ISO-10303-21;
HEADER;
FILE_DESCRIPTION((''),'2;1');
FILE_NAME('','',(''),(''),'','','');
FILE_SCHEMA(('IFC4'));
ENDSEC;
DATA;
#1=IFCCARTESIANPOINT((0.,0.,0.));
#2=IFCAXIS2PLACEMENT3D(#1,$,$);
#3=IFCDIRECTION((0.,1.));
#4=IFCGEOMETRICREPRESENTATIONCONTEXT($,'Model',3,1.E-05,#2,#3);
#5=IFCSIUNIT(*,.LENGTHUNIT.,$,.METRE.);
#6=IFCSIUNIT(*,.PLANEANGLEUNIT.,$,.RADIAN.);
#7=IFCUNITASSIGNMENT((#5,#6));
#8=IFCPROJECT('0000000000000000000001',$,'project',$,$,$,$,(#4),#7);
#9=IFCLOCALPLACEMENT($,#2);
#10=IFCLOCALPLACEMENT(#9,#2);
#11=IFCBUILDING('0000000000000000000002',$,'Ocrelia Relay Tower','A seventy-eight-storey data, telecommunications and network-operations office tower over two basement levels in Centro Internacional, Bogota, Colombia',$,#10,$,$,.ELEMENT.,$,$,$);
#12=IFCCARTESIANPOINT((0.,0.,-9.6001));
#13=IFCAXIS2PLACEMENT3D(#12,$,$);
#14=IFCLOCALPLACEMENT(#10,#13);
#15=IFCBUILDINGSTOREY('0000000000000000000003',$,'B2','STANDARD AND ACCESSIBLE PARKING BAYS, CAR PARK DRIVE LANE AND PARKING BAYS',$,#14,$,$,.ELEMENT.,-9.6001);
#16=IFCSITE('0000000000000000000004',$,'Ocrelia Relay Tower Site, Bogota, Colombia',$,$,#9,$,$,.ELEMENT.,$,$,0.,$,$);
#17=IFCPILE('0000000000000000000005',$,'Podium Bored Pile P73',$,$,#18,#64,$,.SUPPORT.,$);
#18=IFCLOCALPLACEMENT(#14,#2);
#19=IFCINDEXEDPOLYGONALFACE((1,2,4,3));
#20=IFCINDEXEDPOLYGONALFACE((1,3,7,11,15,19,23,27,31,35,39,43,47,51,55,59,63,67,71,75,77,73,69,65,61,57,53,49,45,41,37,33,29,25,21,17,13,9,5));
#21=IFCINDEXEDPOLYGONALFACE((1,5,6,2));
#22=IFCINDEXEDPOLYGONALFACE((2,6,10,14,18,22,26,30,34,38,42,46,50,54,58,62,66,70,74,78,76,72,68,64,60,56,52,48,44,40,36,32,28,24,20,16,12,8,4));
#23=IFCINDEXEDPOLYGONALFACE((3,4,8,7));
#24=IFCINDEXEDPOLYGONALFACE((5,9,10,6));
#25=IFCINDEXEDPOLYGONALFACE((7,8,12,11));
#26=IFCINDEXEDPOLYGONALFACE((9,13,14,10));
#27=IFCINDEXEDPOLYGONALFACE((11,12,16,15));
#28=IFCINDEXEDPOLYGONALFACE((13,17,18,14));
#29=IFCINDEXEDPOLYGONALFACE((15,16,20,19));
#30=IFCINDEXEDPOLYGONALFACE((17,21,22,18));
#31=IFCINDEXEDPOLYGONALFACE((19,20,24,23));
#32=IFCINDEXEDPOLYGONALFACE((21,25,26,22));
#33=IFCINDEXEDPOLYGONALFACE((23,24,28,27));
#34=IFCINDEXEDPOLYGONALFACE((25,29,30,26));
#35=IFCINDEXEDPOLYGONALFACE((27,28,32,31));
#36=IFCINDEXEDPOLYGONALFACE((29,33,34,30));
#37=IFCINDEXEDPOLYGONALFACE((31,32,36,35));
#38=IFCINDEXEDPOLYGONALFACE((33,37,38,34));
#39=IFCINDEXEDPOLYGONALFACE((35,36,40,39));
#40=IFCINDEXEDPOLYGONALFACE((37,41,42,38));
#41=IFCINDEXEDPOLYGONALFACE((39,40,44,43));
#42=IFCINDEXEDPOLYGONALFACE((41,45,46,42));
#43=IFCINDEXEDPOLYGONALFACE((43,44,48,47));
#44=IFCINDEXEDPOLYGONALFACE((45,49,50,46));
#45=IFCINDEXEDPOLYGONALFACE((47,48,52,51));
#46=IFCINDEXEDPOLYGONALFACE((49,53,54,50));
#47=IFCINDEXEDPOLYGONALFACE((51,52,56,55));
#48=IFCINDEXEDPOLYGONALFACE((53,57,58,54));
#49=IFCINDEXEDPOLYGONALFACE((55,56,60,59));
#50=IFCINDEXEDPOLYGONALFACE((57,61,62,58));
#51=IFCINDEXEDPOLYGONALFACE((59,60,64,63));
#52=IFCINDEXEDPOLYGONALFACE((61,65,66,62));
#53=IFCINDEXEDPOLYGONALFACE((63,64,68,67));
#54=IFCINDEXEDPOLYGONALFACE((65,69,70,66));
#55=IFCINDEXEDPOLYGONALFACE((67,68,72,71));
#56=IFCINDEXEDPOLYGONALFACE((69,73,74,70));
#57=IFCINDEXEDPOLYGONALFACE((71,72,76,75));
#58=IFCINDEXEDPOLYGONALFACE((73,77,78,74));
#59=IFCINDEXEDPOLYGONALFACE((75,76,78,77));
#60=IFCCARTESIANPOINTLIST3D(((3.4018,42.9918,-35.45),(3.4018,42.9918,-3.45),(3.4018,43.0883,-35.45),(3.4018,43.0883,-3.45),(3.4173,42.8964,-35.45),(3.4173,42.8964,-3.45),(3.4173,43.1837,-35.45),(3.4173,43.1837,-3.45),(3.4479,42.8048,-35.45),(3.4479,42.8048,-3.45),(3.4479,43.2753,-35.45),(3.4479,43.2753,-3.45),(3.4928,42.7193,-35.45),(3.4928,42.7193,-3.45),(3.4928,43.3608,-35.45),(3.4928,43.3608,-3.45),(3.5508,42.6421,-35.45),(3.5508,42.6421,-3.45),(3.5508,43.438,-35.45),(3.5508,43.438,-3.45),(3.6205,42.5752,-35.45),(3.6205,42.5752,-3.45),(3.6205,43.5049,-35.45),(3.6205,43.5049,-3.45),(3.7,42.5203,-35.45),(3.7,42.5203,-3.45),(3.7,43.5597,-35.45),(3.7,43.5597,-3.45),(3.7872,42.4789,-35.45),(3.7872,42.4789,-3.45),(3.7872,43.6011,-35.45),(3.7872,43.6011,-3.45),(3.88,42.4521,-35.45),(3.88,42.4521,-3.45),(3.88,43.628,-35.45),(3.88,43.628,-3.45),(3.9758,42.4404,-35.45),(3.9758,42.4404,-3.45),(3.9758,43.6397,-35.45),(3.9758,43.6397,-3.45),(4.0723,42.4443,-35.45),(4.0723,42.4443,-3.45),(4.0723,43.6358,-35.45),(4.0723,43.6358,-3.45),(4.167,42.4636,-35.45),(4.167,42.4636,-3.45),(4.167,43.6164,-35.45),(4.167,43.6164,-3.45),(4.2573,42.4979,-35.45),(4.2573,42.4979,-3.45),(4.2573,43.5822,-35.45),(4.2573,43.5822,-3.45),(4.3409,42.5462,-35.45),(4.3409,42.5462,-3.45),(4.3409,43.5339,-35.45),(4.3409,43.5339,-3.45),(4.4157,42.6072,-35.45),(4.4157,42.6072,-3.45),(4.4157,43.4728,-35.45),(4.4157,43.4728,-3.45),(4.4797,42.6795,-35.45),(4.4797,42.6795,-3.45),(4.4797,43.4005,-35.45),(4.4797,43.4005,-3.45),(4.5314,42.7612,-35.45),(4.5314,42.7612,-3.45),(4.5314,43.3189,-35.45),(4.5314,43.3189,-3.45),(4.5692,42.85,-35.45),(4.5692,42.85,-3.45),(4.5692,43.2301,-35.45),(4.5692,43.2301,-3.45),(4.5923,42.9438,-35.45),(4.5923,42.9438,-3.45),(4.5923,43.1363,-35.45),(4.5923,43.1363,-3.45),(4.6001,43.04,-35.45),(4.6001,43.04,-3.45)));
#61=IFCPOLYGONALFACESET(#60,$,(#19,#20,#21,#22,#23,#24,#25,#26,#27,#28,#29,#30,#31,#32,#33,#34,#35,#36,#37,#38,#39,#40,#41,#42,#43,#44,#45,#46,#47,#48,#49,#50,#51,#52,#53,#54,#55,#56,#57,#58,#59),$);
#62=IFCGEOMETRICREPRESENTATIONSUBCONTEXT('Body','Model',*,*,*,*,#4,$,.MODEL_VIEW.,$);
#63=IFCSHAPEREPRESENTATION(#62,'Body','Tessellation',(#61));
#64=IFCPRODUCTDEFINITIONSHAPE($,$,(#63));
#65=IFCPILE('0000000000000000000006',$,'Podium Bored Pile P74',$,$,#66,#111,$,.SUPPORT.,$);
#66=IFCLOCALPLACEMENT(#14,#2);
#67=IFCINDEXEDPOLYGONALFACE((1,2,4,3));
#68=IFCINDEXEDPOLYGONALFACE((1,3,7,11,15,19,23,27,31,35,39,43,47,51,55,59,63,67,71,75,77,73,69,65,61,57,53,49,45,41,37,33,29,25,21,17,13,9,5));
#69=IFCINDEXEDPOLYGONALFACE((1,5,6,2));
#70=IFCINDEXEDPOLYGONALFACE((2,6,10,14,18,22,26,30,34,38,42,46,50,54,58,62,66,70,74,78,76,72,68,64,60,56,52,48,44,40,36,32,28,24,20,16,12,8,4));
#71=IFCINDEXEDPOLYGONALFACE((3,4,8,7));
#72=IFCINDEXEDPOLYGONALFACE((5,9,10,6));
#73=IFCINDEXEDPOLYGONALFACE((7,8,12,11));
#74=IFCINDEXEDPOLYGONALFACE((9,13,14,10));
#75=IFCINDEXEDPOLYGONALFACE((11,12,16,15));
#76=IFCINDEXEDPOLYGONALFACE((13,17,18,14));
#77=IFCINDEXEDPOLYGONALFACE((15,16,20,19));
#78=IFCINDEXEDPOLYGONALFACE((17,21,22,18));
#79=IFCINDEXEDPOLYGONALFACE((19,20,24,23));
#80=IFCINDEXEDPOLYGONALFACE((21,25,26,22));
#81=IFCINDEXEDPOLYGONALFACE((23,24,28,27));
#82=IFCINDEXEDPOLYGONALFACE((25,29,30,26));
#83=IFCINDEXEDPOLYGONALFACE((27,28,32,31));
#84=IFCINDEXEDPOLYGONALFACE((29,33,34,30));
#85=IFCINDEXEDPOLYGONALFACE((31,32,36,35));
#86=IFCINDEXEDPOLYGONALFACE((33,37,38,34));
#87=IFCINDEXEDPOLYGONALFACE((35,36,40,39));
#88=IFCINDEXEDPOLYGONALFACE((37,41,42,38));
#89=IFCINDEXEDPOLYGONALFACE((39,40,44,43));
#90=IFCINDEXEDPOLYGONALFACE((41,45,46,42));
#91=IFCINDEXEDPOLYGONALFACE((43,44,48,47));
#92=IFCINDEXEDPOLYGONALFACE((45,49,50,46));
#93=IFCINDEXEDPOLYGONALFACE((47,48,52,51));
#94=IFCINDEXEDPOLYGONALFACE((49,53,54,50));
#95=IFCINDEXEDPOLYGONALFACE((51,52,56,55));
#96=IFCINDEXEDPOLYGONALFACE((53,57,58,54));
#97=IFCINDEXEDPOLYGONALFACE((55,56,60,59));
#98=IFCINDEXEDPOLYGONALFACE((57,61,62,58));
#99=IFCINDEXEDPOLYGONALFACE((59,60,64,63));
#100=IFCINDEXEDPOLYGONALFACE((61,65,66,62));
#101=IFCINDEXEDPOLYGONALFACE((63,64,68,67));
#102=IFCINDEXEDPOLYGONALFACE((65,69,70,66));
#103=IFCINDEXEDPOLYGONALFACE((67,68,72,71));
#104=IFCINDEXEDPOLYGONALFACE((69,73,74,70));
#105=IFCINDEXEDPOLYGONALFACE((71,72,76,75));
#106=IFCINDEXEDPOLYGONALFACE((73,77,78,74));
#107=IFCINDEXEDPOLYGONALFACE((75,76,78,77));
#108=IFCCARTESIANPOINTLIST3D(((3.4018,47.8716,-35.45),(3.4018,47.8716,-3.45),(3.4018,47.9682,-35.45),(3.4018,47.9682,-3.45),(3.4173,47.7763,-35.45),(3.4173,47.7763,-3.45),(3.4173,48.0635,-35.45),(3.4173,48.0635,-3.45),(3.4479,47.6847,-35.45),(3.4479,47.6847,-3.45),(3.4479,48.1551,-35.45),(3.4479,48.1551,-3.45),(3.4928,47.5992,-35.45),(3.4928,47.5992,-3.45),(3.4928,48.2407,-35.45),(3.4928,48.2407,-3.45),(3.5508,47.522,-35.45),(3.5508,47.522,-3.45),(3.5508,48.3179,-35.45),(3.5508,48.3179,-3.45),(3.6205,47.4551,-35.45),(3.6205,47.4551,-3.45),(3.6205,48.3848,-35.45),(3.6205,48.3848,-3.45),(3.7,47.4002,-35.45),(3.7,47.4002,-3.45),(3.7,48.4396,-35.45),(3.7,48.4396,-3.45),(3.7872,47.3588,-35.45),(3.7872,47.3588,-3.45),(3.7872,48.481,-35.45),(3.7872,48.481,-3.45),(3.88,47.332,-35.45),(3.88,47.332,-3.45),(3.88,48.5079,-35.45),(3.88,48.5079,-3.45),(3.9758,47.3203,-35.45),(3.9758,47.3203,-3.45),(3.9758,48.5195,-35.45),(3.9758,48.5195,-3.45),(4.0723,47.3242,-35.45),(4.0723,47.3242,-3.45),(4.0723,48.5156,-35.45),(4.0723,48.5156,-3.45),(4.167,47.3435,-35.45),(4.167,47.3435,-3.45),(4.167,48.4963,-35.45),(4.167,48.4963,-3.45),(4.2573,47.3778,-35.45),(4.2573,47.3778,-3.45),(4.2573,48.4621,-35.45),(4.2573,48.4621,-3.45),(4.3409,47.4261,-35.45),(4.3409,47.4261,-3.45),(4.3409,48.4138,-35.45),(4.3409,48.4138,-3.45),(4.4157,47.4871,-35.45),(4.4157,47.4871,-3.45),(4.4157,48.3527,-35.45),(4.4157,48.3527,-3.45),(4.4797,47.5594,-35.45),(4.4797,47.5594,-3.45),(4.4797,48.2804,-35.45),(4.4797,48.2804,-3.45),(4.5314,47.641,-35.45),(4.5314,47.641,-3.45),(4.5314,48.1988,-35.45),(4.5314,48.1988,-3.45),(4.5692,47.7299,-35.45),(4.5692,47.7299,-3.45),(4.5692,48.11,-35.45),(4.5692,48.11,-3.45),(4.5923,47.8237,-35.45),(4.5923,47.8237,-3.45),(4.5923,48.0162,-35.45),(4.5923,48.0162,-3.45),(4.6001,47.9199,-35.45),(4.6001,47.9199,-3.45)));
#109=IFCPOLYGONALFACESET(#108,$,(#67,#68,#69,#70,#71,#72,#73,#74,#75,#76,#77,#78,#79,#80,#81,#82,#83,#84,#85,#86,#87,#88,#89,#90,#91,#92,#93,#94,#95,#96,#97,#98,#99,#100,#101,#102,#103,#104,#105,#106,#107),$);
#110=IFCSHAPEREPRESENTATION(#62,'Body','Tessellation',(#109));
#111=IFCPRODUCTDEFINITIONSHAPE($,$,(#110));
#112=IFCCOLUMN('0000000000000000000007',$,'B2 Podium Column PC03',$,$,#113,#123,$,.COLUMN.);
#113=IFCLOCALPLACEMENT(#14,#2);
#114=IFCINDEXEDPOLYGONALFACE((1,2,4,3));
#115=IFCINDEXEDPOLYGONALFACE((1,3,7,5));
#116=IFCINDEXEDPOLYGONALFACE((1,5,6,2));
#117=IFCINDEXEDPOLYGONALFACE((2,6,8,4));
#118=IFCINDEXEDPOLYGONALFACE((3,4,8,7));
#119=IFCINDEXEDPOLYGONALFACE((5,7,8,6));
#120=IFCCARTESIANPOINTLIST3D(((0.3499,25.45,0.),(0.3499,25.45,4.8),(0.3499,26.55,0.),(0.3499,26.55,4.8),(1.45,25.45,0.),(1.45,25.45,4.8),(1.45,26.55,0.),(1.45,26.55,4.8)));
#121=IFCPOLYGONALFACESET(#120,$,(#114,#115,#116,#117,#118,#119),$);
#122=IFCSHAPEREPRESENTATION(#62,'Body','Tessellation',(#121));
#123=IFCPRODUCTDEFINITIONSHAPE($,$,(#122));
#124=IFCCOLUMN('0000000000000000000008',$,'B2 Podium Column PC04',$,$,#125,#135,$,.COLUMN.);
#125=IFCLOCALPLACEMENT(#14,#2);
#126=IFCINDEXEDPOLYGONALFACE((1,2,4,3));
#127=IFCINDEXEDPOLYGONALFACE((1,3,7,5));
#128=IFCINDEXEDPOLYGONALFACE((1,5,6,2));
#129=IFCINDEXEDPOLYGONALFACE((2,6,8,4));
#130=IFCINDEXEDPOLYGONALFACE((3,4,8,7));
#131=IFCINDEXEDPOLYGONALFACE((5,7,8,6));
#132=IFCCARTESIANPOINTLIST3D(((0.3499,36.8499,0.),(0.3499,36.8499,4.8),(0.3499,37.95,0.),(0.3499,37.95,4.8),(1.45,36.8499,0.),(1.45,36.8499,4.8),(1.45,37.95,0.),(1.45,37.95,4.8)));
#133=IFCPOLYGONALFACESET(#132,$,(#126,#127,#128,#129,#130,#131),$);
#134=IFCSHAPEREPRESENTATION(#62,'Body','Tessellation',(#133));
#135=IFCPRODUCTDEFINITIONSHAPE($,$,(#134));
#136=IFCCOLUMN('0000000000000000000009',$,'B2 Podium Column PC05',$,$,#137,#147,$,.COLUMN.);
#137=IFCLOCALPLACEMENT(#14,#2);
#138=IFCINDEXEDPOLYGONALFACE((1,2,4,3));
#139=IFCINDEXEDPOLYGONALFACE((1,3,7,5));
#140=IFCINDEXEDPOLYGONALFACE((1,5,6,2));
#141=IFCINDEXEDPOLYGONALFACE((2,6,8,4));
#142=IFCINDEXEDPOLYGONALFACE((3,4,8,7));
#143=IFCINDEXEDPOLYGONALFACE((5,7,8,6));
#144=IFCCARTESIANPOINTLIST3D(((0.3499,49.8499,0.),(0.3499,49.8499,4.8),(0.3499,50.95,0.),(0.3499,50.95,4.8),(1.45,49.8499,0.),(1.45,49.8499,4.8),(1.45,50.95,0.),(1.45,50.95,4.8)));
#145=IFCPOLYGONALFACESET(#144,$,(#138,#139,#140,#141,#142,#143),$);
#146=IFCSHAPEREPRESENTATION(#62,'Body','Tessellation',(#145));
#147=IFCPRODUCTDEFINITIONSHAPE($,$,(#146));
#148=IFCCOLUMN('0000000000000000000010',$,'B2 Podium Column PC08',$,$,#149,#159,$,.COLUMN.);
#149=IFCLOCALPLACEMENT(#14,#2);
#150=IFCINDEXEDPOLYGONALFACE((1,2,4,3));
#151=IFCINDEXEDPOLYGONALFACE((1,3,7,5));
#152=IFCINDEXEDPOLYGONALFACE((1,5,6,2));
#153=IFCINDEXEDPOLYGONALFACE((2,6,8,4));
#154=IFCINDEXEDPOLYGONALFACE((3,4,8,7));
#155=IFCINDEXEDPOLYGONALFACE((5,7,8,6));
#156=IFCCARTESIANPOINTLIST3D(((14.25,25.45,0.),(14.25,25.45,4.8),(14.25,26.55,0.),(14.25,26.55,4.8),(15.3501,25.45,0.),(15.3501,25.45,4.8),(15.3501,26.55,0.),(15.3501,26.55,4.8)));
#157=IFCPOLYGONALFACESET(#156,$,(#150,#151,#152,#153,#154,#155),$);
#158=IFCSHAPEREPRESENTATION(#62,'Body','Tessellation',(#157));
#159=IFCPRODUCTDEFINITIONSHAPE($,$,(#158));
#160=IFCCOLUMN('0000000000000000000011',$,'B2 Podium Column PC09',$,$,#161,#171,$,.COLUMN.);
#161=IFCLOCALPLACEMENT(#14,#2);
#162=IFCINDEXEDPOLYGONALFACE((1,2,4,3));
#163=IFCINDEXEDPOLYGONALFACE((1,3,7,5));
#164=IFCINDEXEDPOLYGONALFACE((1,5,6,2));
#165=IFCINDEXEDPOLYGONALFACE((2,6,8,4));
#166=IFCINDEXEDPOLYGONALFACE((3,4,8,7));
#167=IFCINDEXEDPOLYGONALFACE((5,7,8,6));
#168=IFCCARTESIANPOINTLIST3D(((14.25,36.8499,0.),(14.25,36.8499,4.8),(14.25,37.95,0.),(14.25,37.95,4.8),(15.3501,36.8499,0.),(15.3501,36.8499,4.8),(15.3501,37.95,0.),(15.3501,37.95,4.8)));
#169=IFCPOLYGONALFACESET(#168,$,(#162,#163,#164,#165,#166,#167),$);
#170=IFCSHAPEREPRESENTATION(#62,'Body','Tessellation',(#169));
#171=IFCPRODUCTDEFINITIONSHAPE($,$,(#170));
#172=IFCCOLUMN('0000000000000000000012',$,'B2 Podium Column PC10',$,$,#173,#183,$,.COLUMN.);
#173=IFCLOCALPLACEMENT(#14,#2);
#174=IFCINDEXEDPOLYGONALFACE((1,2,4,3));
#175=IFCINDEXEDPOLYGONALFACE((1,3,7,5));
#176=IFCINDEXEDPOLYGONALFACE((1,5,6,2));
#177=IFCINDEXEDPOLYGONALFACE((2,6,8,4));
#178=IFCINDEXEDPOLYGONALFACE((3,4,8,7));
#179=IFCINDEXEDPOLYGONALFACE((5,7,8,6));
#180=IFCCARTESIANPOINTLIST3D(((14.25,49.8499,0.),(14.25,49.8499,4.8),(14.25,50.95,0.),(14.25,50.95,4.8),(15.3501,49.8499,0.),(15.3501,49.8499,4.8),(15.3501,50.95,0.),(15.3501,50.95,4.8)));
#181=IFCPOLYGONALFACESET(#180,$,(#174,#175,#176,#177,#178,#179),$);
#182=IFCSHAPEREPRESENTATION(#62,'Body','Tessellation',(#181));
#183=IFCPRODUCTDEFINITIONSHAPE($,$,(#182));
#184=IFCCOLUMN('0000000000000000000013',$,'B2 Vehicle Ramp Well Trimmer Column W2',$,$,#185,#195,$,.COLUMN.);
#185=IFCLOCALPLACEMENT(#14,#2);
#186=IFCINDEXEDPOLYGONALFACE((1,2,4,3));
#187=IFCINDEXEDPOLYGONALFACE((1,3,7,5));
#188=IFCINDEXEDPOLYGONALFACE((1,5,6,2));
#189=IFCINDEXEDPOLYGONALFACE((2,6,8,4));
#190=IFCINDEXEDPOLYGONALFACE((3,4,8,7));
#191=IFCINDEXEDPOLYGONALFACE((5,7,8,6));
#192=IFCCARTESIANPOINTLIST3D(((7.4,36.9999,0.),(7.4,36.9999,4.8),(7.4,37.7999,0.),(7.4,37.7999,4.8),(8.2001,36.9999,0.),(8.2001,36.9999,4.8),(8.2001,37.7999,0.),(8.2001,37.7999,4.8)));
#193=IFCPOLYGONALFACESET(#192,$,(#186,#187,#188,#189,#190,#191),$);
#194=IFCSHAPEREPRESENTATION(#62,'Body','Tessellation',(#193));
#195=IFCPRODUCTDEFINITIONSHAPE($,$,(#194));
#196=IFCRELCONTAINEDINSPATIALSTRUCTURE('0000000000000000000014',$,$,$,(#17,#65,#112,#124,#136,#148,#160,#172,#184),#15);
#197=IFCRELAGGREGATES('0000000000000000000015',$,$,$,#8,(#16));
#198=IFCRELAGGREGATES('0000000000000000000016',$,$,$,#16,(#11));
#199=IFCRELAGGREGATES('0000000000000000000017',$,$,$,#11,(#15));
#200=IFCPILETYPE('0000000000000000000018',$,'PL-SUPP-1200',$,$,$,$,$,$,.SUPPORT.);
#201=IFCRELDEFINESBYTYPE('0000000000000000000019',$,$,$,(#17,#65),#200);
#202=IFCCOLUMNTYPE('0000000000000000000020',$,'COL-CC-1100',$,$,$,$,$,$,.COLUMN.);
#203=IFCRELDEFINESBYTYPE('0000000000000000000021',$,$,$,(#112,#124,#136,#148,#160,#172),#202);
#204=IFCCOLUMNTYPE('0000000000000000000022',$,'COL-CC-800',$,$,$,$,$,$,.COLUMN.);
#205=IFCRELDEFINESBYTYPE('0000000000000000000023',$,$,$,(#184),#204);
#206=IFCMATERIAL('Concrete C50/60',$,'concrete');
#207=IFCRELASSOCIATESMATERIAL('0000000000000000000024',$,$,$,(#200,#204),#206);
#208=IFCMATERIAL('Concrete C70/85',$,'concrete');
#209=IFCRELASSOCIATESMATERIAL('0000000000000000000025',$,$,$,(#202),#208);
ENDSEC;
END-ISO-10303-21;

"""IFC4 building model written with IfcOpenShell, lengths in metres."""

from ifc_helpers import new_model, si_unit, direction, frame, origin, origin_2d, place, context, subcontext, project, spatial, rectangle, circle, extrude, material, material_profile, profile_set, type_object, element, save


model = new_model("IFC4")

# Units and contexts
model_context = context("Model", 3, precision=1e-05, world=origin(), true_north=direction((0.0, 1.0)))
body_context = subcontext(model_context, "Body", "Model", "MODEL_VIEW")
ifc_project = project(units=[si_unit("LENGTHUNIT", "METRE"), si_unit("PLANEANGLEUNIT", "RADIAN")], contexts=[model_context])

# Site, building, storey
site_placement = place(None, origin())
site = spatial("IfcSite", under=ifc_project, at=site_placement, Name="Ocrelia Relay Tower Site, Bogota, Colombia", CompositionType="ELEMENT", RefElevation=0.0)
building_placement = place(site_placement, origin())
building = spatial("IfcBuilding", under=site, at=building_placement, Name="Ocrelia Relay Tower", Description="A seventy-eight-storey data, telecommunications and network-operations office tower over two basement levels in Centro Internacional, Bogota, Colombia", CompositionType="ELEMENT")
storey_placement = place(building_placement, frame((0.0, 0.0, -9.6001)))
storey = spatial("IfcBuildingStorey", under=building, at=storey_placement, Name="B2", Description="STANDARD AND ACCESSIBLE PARKING BAYS, CAR PARK DRIVE LANE AND PARKING BAYS", CompositionType="ELEMENT", Elevation=-9.6001)

# Piles
ifc_material_1 = material(Name="Concrete C50/60", Category="concrete")
ifc_material_profile_1 = material_profile(ifc_material_1, circle(Radius=0.6001, at=origin_2d()), Name="PILE-1200")
ifc_profile_set_1 = profile_set([ifc_material_profile_1], Name="Concrete C50/60")
pile_type_1 = type_object("IfcPileType", Name="PL-SUPP-1200", PredefinedType="SUPPORT", material=ifc_profile_set_1)
for number, where, z_axis, x_axis, name in (
    (1, (4.0, 43.04, -3.45), (0.0, 0.0, -1.0), (1.0, 0.0, 0.0), "Podium Bored Pile P73"),
    (2, (4.0, 47.9199, -3.45), (0.0, 0.0, -1.0), (1.0, 0.0, 0.0), "Podium Bored Pile P74"),
):
    element("IfcPile", number, at=place(storey_placement, frame(where, z_axis=z_axis, x_axis=x_axis)), inside=storey, type_object=pile_type_1, Name=name, PredefinedType="SUPPORT", context=body_context, shape_type="SweptSolid", body=[
        extrude(circle(Radius=0.6001, at=origin_2d()), origin(), (0.0, 0.0, 1.0), 32.0),
    ])

# Columns
ifc_material_2 = material(Name="Concrete C70/85", Category="concrete")
ifc_material_profile_2 = material_profile(ifc_material_2, rectangle(XDim=1.1001, YDim=1.1001, at=origin_2d()), Name="RC-COL-1100x1100")
ifc_profile_set_2 = profile_set([ifc_material_profile_2], Name="Concrete C70/85")
column_type_1 = type_object("IfcColumnType", Name="COL-CC-1100", PredefinedType="COLUMN", material=ifc_profile_set_2)
for number, where, z_axis, x_axis, name in (
    (3, (0.8999, 26.0, 0.0), (0.0, 0.0, 1.0), (1.0, 0.0, 0.0), "B2 Podium Column PC03"),
    (4, (0.8999, 37.3999, 0.0), (0.0, 0.0, 1.0), (1.0, 0.0, 0.0), "B2 Podium Column PC04"),
    (5, (0.8999, 50.3999, 0.0), (0.0, 0.0, 1.0), (1.0, 0.0, 0.0), "B2 Podium Column PC05"),
    (6, (14.8, 26.0, 0.0), (0.0, 0.0, 1.0), (1.0, 0.0, 0.0), "B2 Podium Column PC08"),
    (7, (14.8, 37.3999, 0.0), (0.0, 0.0, 1.0), (1.0, 0.0, 0.0), "B2 Podium Column PC09"),
    (8, (14.8, 50.3999, 0.0), (0.0, 0.0, 1.0), (1.0, 0.0, 0.0), "B2 Podium Column PC10"),
):
    element("IfcColumn", number, at=place(storey_placement, frame(where, z_axis=z_axis, x_axis=x_axis)), inside=storey, type_object=column_type_1, Name=name, PredefinedType="COLUMN", context=body_context, shape_type="SweptSolid", body=[
        extrude(rectangle(XDim=1.1001, YDim=1.1001, at=origin_2d()), origin(), (0.0, 0.0, 1.0), 4.8),
    ])
ifc_material_profile_3 = material_profile(ifc_material_1, rectangle(XDim=0.8, YDim=0.8, at=origin_2d()), Name="RC-COL-800x800")
ifc_profile_set_3 = profile_set([ifc_material_profile_3], Name="Concrete C50/60")
column_type_2 = type_object("IfcColumnType", Name="COL-CC-800", PredefinedType="COLUMN", material=ifc_profile_set_3)
column_placement = place(storey_placement, frame((7.8, 37.3999, 0.0), z_axis=(0.0, 0.0, 1.0), x_axis=(1.0, 0.0, 0.0)))
element("IfcColumn", 9, at=column_placement, inside=storey, type_object=column_type_2, Name="B2 Vehicle Ramp Well Trimmer Column W2", PredefinedType="COLUMN", context=body_context, shape_type="SweptSolid", body=[
    extrude(rectangle(XDim=0.8, YDim=0.8, at=origin_2d()), origin(), (0.0, 0.0, 1.0), 4.8),
])

save(model, "model.ifc")
